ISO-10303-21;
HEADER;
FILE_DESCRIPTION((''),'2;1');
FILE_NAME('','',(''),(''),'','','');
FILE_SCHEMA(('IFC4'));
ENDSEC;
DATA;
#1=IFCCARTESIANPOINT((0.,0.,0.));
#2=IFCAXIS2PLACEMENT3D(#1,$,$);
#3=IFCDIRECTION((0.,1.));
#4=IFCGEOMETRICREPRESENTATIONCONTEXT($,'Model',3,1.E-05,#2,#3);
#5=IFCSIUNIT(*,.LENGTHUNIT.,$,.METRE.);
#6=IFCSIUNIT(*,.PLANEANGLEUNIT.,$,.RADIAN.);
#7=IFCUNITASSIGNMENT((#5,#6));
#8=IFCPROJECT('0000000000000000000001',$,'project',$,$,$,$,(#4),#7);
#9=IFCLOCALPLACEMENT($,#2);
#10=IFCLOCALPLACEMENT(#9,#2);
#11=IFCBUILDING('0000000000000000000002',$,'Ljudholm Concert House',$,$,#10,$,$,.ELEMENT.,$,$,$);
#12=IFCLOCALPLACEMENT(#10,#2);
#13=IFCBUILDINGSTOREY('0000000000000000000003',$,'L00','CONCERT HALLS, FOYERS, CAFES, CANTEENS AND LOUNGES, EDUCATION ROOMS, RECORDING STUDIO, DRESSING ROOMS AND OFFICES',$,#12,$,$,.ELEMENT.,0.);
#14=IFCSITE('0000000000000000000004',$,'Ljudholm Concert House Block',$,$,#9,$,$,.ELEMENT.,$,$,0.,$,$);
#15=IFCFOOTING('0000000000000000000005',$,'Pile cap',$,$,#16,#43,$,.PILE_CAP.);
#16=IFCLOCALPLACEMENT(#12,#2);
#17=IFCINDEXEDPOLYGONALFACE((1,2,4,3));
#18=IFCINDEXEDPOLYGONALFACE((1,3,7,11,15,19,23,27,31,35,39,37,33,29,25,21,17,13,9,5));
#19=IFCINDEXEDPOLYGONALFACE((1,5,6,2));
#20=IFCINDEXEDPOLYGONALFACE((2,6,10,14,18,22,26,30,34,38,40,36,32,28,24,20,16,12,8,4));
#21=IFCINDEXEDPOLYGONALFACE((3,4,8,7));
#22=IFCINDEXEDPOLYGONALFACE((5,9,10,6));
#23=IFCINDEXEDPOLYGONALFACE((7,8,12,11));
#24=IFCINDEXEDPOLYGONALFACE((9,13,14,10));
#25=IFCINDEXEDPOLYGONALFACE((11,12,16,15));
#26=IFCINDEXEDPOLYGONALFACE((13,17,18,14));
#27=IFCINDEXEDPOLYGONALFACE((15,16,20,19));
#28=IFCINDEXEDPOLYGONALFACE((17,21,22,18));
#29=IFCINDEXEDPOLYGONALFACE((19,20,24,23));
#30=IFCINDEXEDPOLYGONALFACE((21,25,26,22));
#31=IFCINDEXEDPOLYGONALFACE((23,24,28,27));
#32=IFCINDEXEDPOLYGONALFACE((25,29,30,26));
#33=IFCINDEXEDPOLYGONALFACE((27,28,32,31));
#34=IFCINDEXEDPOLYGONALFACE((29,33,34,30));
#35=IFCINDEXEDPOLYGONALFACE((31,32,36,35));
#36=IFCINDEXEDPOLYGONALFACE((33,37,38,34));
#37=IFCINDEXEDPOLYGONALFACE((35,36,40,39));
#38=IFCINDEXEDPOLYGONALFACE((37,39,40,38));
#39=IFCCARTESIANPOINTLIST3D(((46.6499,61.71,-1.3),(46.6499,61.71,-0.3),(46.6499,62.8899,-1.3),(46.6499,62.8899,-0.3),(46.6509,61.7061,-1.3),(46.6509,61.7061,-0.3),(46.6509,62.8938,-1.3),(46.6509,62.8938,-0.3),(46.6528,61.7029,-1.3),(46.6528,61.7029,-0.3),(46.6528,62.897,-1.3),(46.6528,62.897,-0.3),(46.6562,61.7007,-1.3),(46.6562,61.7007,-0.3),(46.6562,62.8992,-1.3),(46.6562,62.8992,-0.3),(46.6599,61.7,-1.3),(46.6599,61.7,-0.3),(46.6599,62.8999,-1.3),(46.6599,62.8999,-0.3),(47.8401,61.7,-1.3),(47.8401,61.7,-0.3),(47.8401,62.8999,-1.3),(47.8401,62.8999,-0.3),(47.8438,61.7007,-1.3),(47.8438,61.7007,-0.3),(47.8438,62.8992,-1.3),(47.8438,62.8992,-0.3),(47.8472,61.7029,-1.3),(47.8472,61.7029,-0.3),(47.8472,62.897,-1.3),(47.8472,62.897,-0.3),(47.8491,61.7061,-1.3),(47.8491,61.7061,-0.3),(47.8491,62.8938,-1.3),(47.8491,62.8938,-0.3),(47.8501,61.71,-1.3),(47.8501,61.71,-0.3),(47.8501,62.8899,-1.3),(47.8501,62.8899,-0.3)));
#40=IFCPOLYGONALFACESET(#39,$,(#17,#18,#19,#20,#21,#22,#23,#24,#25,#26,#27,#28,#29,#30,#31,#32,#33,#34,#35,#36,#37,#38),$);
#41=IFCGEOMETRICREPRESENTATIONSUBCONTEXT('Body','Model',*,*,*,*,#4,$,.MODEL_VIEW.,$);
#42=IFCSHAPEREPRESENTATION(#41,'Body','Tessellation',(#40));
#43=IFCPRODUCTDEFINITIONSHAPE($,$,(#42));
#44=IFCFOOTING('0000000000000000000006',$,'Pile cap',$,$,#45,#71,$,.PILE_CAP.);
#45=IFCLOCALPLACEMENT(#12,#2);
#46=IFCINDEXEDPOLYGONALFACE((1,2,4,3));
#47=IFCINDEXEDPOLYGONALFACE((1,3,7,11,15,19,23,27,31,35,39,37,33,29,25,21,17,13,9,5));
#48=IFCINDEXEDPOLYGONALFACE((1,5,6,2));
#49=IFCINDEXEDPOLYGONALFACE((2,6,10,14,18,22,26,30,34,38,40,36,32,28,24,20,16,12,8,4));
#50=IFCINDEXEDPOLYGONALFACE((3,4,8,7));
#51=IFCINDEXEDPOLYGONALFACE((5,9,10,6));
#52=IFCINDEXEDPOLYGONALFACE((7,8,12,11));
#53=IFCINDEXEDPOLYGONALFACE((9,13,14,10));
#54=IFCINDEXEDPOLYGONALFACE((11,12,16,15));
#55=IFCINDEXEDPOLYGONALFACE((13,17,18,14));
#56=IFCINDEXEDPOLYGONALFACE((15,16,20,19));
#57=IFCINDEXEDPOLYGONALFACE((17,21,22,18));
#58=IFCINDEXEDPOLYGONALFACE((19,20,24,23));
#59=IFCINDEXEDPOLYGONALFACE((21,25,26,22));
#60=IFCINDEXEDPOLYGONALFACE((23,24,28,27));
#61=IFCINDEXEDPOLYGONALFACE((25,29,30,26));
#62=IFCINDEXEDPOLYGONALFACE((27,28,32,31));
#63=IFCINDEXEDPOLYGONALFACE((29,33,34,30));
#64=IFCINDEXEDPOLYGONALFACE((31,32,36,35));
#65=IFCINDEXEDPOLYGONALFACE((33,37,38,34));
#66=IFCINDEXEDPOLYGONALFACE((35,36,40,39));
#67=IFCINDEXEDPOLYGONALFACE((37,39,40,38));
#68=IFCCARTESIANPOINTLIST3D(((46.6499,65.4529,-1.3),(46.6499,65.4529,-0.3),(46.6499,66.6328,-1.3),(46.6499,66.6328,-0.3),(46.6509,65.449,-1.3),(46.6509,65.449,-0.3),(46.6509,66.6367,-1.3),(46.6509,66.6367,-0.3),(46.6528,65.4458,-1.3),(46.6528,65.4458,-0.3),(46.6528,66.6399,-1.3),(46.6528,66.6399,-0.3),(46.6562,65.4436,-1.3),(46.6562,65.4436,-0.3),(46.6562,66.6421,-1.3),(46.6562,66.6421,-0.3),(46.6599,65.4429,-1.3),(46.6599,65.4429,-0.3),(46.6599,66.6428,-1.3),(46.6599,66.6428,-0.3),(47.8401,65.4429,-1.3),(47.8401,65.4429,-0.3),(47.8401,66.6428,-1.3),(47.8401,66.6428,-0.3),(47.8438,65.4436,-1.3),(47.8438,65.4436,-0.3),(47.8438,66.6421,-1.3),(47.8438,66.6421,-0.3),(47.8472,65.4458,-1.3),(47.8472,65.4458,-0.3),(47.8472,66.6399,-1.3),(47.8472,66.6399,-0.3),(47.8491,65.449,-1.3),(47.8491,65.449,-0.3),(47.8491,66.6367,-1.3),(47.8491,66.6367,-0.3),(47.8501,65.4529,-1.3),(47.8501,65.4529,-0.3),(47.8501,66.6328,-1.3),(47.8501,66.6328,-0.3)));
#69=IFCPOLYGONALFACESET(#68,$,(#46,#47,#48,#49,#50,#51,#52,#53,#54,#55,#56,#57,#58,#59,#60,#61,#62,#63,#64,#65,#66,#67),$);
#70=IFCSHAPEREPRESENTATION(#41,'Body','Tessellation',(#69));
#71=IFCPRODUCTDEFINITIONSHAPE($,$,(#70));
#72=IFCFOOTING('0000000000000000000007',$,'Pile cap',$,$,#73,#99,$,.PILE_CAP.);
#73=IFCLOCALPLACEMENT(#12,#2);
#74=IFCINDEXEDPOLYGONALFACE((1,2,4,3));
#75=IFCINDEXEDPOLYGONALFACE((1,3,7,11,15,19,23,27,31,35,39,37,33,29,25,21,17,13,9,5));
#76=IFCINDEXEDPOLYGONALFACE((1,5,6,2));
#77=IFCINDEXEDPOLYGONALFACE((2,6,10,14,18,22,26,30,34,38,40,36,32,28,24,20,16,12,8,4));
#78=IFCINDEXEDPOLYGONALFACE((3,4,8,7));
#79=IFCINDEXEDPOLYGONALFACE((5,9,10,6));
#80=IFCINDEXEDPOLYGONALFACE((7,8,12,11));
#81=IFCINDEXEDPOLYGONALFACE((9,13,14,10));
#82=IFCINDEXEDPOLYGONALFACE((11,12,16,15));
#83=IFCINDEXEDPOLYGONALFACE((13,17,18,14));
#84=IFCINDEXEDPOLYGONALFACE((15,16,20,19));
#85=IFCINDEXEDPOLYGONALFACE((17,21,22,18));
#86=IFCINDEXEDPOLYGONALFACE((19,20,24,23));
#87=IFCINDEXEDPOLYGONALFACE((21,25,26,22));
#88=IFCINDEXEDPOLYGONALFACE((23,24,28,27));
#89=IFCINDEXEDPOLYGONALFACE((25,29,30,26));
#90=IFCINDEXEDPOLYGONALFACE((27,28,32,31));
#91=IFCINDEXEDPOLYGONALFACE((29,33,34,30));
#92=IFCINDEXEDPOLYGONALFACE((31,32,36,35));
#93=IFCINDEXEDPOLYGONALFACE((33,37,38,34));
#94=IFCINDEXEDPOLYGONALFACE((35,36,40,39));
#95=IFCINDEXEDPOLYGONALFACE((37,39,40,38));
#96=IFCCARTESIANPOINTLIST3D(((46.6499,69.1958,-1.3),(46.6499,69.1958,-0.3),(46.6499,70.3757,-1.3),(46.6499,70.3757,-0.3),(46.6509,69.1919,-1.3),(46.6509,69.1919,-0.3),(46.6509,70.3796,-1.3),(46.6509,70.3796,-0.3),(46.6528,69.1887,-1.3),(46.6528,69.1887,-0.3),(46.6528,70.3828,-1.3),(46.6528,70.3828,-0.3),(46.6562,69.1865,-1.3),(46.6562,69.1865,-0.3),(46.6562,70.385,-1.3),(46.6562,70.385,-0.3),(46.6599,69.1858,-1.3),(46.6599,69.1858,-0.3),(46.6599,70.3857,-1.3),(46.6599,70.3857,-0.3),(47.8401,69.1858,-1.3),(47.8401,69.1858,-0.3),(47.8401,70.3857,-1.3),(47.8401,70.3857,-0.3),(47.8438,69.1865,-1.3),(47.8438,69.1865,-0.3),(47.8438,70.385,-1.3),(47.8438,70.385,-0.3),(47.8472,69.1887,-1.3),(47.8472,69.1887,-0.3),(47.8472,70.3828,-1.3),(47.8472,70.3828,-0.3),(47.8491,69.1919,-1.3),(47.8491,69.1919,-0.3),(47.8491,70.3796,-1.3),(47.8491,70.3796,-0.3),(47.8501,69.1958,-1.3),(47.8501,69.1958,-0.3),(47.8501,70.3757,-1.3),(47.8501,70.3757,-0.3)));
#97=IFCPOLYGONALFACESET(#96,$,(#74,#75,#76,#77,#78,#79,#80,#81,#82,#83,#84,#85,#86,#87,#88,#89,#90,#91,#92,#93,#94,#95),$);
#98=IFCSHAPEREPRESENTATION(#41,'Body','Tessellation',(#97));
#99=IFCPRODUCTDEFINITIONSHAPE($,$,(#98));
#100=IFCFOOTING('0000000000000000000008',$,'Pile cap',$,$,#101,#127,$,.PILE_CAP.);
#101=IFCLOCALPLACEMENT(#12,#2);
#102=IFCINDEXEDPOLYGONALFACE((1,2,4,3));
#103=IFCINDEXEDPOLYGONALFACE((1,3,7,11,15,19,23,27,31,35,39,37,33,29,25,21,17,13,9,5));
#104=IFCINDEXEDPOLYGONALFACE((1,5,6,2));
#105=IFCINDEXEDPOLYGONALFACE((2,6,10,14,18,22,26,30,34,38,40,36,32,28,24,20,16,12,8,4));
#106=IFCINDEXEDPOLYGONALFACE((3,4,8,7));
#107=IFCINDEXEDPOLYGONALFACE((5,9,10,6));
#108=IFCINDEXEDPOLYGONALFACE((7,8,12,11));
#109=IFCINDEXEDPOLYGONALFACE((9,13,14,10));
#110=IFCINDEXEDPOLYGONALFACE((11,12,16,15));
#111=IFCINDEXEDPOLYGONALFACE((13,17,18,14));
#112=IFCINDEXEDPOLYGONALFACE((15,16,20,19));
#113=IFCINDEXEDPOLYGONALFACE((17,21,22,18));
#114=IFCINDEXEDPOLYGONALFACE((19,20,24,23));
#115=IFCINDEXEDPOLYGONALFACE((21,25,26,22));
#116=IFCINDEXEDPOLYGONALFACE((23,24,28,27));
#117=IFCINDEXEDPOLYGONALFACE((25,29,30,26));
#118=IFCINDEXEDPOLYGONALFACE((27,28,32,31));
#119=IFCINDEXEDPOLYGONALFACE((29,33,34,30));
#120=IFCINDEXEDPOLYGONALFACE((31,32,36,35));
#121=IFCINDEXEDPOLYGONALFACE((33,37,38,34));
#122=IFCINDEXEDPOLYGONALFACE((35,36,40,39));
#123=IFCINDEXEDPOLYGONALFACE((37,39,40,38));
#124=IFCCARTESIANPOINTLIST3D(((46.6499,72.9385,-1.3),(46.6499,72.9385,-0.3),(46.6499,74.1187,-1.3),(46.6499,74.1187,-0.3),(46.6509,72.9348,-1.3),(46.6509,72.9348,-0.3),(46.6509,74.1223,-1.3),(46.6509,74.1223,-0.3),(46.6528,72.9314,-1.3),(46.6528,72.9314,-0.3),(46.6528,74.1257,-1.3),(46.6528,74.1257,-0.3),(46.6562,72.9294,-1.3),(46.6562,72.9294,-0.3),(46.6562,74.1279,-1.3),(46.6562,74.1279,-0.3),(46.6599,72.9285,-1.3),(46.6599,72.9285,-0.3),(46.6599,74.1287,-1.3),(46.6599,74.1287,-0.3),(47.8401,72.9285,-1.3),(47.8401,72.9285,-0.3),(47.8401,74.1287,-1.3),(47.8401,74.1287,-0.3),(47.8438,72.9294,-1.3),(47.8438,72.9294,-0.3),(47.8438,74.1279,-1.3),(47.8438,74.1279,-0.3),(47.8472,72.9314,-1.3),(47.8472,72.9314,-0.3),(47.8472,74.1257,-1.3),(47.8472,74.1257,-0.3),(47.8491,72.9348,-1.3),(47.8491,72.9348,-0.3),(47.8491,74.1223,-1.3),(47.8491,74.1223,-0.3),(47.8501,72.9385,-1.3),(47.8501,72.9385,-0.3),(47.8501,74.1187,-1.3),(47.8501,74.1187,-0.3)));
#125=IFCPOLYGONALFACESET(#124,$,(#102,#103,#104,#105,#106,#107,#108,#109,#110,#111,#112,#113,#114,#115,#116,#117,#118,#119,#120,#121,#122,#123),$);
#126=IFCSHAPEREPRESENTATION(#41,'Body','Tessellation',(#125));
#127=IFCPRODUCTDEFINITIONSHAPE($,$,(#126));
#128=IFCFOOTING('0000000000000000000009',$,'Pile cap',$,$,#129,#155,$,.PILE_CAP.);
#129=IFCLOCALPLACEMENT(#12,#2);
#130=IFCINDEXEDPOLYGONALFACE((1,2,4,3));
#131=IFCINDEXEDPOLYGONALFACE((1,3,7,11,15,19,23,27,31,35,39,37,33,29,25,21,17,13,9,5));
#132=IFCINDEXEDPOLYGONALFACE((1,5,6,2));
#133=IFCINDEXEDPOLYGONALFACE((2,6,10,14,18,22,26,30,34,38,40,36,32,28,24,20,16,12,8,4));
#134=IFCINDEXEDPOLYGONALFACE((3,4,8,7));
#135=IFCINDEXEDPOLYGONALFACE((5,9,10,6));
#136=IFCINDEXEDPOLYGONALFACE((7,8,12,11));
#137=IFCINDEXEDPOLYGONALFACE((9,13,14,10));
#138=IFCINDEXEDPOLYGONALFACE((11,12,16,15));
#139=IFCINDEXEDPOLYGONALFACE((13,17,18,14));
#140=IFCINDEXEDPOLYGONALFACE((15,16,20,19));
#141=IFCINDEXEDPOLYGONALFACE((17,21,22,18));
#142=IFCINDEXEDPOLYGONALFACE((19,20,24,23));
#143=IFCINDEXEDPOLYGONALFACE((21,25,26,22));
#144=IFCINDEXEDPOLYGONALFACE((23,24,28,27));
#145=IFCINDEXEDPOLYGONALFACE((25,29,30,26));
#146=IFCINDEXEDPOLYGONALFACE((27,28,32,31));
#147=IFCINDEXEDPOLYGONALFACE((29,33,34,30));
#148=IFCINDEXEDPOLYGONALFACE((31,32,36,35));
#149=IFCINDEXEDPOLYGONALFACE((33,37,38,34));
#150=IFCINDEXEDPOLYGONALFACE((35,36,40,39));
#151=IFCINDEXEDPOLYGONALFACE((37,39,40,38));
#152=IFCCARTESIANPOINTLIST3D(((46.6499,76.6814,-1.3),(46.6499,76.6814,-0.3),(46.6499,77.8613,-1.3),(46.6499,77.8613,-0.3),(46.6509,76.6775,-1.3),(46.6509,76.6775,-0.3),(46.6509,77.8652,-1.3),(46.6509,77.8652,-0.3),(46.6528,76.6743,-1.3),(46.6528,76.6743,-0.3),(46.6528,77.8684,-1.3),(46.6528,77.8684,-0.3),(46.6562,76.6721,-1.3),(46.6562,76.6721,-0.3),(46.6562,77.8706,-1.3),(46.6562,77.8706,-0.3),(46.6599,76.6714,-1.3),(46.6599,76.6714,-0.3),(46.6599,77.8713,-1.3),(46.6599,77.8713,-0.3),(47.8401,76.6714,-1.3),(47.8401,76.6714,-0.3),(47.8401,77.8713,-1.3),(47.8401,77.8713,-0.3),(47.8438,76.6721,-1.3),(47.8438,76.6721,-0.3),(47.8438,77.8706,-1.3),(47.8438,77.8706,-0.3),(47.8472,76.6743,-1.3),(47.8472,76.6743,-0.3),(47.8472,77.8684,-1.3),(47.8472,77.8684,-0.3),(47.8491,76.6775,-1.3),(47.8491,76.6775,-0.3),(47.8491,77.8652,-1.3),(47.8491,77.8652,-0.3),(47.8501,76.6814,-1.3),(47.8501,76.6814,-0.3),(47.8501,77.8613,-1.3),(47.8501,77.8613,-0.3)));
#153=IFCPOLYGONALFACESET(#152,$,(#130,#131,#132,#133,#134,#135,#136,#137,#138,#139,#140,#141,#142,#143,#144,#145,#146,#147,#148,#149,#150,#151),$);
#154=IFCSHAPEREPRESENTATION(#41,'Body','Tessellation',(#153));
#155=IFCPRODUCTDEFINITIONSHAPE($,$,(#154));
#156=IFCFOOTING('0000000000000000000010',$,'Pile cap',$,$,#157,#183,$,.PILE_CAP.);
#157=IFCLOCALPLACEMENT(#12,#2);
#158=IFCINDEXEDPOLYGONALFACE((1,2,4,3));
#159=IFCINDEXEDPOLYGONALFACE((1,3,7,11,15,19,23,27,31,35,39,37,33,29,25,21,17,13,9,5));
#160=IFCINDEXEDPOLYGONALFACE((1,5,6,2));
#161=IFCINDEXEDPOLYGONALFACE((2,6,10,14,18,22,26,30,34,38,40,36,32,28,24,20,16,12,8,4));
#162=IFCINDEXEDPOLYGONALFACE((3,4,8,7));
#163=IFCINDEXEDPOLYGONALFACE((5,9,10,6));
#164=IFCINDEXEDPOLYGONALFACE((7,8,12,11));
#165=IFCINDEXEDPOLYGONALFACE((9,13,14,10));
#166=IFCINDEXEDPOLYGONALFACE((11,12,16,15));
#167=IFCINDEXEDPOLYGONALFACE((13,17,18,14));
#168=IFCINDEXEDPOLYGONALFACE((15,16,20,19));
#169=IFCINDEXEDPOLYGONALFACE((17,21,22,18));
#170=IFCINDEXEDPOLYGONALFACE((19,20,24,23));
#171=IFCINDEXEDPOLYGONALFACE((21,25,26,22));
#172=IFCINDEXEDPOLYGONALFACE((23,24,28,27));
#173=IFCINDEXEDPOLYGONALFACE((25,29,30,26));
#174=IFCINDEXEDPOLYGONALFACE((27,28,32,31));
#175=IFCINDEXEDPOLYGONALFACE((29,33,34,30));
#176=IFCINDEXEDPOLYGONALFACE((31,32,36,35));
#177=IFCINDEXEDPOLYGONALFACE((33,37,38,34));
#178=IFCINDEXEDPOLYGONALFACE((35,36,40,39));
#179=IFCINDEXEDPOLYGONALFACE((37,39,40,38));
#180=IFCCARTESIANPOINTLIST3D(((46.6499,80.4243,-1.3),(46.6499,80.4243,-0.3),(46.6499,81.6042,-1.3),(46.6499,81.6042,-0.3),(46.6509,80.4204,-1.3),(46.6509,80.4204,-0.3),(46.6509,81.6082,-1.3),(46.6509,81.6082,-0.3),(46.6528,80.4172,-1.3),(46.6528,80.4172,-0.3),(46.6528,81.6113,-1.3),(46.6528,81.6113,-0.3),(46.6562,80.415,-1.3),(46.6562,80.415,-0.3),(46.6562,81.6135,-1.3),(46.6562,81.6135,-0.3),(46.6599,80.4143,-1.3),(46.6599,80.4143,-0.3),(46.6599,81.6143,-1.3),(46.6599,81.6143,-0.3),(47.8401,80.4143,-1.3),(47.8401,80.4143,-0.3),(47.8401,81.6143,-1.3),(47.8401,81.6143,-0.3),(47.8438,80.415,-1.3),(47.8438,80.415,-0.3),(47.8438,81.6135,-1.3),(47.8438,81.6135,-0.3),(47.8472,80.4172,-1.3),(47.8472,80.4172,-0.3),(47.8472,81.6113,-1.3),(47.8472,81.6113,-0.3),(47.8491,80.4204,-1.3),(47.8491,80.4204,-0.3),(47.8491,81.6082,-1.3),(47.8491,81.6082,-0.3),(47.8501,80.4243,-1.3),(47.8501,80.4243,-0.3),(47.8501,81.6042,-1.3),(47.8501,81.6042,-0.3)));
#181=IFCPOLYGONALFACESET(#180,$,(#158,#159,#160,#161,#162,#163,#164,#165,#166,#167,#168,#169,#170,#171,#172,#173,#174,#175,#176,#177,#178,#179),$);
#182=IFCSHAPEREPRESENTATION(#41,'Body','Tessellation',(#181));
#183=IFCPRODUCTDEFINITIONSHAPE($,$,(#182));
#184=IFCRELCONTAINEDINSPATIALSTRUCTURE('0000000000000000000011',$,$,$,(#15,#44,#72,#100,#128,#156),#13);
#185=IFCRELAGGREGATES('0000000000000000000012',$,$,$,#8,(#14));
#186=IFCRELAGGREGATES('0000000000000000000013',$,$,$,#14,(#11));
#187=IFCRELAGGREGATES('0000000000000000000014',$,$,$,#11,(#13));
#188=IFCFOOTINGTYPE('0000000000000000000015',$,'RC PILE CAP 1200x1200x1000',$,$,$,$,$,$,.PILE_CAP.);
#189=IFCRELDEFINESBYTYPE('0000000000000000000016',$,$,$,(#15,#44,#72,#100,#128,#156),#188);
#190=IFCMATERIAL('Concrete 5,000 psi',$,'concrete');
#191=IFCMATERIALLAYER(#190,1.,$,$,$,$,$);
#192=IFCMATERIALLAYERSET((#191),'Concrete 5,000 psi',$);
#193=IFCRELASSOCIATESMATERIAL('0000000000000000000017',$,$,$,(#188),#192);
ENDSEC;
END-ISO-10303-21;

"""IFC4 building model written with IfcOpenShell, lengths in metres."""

from ifc_helpers import new_model, si_unit, direction, frame, origin, place, context, subcontext, project, spatial, polyline, outline, extrude, material, layer, layer_set, type_object, element, save


model = new_model("IFC4")

# Units and contexts
model_context = context("Model", 3, precision=1e-05, world=origin(), true_north=direction((0.0, 1.0)))
body_context = subcontext(model_context, "Body", "Model", "MODEL_VIEW")
ifc_project = project(units=[si_unit("LENGTHUNIT", "METRE"), si_unit("PLANEANGLEUNIT", "RADIAN")], contexts=[model_context])

# Site, building, storey
site_placement = place(None, origin())
site = spatial("IfcSite", under=ifc_project, at=site_placement, Name="Ljudholm Concert House Block", CompositionType="ELEMENT", RefElevation=0.0)
building_placement = place(site_placement, origin())
building = spatial("IfcBuilding", under=site, at=building_placement, Name="Ljudholm Concert House", CompositionType="ELEMENT")
storey_placement = place(building_placement, origin())
storey = spatial("IfcBuildingStorey", under=building, at=storey_placement, Name="L00", Description="CONCERT HALLS, FOYERS, CAFES, CANTEENS AND LOUNGES, EDUCATION ROOMS, RECORDING STUDIO, DRESSING ROOMS AND OFFICES", CompositionType="ELEMENT", Elevation=0.0)

# Footings
ifc_material_1 = material(Name="Concrete 5,000 psi", Category="concrete")
ifc_layer_1 = layer(ifc_material_1, 1.0)
ifc_layer_set_1 = layer_set([ifc_layer_1], Name="Concrete 5,000 psi")
footing_type_1 = type_object("IfcFootingType", Name="RC PILE CAP 1200x1200x1000", PredefinedType="PILE_CAP", material=ifc_layer_set_1)
footing_1_placement = place(storey_placement, frame((0.0, 0.0, -1.3)))
element("IfcFooting", 1, at=footing_1_placement, inside=storey, type_object=footing_type_1, Name="Pile cap", PredefinedType="PILE_CAP", context=body_context, shape_type="SweptSolid", body=[
    extrude(outline(polyline([(46.6599, 61.7), (47.8401, 61.7), (47.8438, 61.7007), (47.8472, 61.7029), (47.8491, 61.7061), (47.8501, 61.71), (47.8501, 62.8899), (47.8491, 62.8938), (47.8472, 62.897), (47.8438, 62.8992), (47.8401, 62.8999), (46.6599, 62.8999), (46.6562, 62.8992), (46.6528, 62.897), (46.6509, 62.8938), (46.6499, 62.8899), (46.6499, 61.71), (46.6509, 61.7061), (46.6528, 61.7029), (46.6562, 61.7007), (46.6599, 61.7)])), origin(), (0.0, 0.0, 1.0), 1.0),
])
footing_2_placement = place(storey_placement, frame((0.0, 0.0, -1.3)))
element("IfcFooting", 2, at=footing_2_placement, inside=storey, type_object=footing_type_1, Name="Pile cap", PredefinedType="PILE_CAP", context=body_context, shape_type="SweptSolid", body=[
    extrude(outline(polyline([(46.6599, 65.4429), (47.8401, 65.4429), (47.8438, 65.4436), (47.8472, 65.4458), (47.8491, 65.449), (47.8501, 65.4529), (47.8501, 66.6328), (47.8491, 66.6367), (47.8472, 66.6399), (47.8438, 66.6421), (47.8401, 66.6428), (46.6599, 66.6428), (46.6562, 66.6421), (46.6528, 66.6399), (46.6509, 66.6367), (46.6499, 66.6328), (46.6499, 65.4529), (46.6509, 65.449), (46.6528, 65.4458), (46.6562, 65.4436), (46.6599, 65.4429)])), origin(), (0.0, 0.0, 1.0), 1.0),
])
footing_3_placement = place(storey_placement, frame((0.0, 0.0, -1.3)))
element("IfcFooting", 3, at=footing_3_placement, inside=storey, type_object=footing_type_1, Name="Pile cap", PredefinedType="PILE_CAP", context=body_context, shape_type="SweptSolid", body=[
    extrude(outline(polyline([(46.6599, 69.1858), (47.8401, 69.1858), (47.8438, 69.1865), (47.8472, 69.1887), (47.8491, 69.1919), (47.8501, 69.1958), (47.8501, 70.3757), (47.8491, 70.3796), (47.8472, 70.3828), (47.8438, 70.385), (47.8401, 70.3857), (46.6599, 70.3857), (46.6562, 70.385), (46.6528, 70.3828), (46.6509, 70.3796), (46.6499, 70.3757), (46.6499, 69.1958), (46.6509, 69.1919), (46.6528, 69.1887), (46.6562, 69.1865), (46.6599, 69.1858)])), origin(), (0.0, 0.0, 1.0), 1.0),
])
footing_4_placement = place(storey_placement, frame((0.0, 0.0, -1.3)))
element("IfcFooting", 4, at=footing_4_placement, inside=storey, type_object=footing_type_1, Name="Pile cap", PredefinedType="PILE_CAP", context=body_context, shape_type="SweptSolid", body=[
    extrude(outline(polyline([(46.6599, 72.9285), (47.8401, 72.9285), (47.8438, 72.9294), (47.8472, 72.9314), (47.8491, 72.9348), (47.8501, 72.9385), (47.8501, 74.1187), (47.8491, 74.1223), (47.8472, 74.1257), (47.8438, 74.1279), (47.8401, 74.1287), (46.6599, 74.1287), (46.6562, 74.1279), (46.6528, 74.1257), (46.6509, 74.1223), (46.6499, 74.1187), (46.6499, 72.9385), (46.6509, 72.9348), (46.6528, 72.9314), (46.6562, 72.9294), (46.6599, 72.9285)])), origin(), (0.0, 0.0, 1.0), 1.0),
])
footing_5_placement = place(storey_placement, frame((0.0, 0.0, -1.3)))
element("IfcFooting", 5, at=footing_5_placement, inside=storey, type_object=footing_type_1, Name="Pile cap", PredefinedType="PILE_CAP", context=body_context, shape_type="SweptSolid", body=[
    extrude(outline(polyline([(46.6599, 76.6714), (47.8401, 76.6714), (47.8438, 76.6721), (47.8472, 76.6743), (47.8491, 76.6775), (47.8501, 76.6814), (47.8501, 77.8613), (47.8491, 77.8652), (47.8472, 77.8684), (47.8438, 77.8706), (47.8401, 77.8713), (46.6599, 77.8713), (46.6562, 77.8706), (46.6528, 77.8684), (46.6509, 77.8652), (46.6499, 77.8613), (46.6499, 76.6814), (46.6509, 76.6775), (46.6528, 76.6743), (46.6562, 76.6721), (46.6599, 76.6714)])), origin(), (0.0, 0.0, 1.0), 1.0),
])
footing_6_placement = place(storey_placement, frame((0.0, 0.0, -1.3)))
element("IfcFooting", 6, at=footing_6_placement, inside=storey, type_object=footing_type_1, Name="Pile cap", PredefinedType="PILE_CAP", context=body_context, shape_type="SweptSolid", body=[
    extrude(outline(polyline([(46.6499, 81.6042), (46.6499, 80.4243), (46.6509, 80.4204), (46.6528, 80.4172), (46.6562, 80.415), (46.6599, 80.4143), (47.8401, 80.4143), (47.8438, 80.415), (47.8472, 80.4172), (47.8491, 80.4204), (47.8501, 80.4243), (47.8501, 81.6042), (47.8491, 81.6082), (47.8472, 81.6113), (47.8438, 81.6135), (47.8401, 81.6143), (46.6599, 81.6143), (46.6562, 81.6135), (46.6528, 81.6113), (46.6509, 81.6082), (46.6499, 81.6042)])), origin(), (0.0, 0.0, 1.0), 1.0),
])

save(model, "model.ifc")
